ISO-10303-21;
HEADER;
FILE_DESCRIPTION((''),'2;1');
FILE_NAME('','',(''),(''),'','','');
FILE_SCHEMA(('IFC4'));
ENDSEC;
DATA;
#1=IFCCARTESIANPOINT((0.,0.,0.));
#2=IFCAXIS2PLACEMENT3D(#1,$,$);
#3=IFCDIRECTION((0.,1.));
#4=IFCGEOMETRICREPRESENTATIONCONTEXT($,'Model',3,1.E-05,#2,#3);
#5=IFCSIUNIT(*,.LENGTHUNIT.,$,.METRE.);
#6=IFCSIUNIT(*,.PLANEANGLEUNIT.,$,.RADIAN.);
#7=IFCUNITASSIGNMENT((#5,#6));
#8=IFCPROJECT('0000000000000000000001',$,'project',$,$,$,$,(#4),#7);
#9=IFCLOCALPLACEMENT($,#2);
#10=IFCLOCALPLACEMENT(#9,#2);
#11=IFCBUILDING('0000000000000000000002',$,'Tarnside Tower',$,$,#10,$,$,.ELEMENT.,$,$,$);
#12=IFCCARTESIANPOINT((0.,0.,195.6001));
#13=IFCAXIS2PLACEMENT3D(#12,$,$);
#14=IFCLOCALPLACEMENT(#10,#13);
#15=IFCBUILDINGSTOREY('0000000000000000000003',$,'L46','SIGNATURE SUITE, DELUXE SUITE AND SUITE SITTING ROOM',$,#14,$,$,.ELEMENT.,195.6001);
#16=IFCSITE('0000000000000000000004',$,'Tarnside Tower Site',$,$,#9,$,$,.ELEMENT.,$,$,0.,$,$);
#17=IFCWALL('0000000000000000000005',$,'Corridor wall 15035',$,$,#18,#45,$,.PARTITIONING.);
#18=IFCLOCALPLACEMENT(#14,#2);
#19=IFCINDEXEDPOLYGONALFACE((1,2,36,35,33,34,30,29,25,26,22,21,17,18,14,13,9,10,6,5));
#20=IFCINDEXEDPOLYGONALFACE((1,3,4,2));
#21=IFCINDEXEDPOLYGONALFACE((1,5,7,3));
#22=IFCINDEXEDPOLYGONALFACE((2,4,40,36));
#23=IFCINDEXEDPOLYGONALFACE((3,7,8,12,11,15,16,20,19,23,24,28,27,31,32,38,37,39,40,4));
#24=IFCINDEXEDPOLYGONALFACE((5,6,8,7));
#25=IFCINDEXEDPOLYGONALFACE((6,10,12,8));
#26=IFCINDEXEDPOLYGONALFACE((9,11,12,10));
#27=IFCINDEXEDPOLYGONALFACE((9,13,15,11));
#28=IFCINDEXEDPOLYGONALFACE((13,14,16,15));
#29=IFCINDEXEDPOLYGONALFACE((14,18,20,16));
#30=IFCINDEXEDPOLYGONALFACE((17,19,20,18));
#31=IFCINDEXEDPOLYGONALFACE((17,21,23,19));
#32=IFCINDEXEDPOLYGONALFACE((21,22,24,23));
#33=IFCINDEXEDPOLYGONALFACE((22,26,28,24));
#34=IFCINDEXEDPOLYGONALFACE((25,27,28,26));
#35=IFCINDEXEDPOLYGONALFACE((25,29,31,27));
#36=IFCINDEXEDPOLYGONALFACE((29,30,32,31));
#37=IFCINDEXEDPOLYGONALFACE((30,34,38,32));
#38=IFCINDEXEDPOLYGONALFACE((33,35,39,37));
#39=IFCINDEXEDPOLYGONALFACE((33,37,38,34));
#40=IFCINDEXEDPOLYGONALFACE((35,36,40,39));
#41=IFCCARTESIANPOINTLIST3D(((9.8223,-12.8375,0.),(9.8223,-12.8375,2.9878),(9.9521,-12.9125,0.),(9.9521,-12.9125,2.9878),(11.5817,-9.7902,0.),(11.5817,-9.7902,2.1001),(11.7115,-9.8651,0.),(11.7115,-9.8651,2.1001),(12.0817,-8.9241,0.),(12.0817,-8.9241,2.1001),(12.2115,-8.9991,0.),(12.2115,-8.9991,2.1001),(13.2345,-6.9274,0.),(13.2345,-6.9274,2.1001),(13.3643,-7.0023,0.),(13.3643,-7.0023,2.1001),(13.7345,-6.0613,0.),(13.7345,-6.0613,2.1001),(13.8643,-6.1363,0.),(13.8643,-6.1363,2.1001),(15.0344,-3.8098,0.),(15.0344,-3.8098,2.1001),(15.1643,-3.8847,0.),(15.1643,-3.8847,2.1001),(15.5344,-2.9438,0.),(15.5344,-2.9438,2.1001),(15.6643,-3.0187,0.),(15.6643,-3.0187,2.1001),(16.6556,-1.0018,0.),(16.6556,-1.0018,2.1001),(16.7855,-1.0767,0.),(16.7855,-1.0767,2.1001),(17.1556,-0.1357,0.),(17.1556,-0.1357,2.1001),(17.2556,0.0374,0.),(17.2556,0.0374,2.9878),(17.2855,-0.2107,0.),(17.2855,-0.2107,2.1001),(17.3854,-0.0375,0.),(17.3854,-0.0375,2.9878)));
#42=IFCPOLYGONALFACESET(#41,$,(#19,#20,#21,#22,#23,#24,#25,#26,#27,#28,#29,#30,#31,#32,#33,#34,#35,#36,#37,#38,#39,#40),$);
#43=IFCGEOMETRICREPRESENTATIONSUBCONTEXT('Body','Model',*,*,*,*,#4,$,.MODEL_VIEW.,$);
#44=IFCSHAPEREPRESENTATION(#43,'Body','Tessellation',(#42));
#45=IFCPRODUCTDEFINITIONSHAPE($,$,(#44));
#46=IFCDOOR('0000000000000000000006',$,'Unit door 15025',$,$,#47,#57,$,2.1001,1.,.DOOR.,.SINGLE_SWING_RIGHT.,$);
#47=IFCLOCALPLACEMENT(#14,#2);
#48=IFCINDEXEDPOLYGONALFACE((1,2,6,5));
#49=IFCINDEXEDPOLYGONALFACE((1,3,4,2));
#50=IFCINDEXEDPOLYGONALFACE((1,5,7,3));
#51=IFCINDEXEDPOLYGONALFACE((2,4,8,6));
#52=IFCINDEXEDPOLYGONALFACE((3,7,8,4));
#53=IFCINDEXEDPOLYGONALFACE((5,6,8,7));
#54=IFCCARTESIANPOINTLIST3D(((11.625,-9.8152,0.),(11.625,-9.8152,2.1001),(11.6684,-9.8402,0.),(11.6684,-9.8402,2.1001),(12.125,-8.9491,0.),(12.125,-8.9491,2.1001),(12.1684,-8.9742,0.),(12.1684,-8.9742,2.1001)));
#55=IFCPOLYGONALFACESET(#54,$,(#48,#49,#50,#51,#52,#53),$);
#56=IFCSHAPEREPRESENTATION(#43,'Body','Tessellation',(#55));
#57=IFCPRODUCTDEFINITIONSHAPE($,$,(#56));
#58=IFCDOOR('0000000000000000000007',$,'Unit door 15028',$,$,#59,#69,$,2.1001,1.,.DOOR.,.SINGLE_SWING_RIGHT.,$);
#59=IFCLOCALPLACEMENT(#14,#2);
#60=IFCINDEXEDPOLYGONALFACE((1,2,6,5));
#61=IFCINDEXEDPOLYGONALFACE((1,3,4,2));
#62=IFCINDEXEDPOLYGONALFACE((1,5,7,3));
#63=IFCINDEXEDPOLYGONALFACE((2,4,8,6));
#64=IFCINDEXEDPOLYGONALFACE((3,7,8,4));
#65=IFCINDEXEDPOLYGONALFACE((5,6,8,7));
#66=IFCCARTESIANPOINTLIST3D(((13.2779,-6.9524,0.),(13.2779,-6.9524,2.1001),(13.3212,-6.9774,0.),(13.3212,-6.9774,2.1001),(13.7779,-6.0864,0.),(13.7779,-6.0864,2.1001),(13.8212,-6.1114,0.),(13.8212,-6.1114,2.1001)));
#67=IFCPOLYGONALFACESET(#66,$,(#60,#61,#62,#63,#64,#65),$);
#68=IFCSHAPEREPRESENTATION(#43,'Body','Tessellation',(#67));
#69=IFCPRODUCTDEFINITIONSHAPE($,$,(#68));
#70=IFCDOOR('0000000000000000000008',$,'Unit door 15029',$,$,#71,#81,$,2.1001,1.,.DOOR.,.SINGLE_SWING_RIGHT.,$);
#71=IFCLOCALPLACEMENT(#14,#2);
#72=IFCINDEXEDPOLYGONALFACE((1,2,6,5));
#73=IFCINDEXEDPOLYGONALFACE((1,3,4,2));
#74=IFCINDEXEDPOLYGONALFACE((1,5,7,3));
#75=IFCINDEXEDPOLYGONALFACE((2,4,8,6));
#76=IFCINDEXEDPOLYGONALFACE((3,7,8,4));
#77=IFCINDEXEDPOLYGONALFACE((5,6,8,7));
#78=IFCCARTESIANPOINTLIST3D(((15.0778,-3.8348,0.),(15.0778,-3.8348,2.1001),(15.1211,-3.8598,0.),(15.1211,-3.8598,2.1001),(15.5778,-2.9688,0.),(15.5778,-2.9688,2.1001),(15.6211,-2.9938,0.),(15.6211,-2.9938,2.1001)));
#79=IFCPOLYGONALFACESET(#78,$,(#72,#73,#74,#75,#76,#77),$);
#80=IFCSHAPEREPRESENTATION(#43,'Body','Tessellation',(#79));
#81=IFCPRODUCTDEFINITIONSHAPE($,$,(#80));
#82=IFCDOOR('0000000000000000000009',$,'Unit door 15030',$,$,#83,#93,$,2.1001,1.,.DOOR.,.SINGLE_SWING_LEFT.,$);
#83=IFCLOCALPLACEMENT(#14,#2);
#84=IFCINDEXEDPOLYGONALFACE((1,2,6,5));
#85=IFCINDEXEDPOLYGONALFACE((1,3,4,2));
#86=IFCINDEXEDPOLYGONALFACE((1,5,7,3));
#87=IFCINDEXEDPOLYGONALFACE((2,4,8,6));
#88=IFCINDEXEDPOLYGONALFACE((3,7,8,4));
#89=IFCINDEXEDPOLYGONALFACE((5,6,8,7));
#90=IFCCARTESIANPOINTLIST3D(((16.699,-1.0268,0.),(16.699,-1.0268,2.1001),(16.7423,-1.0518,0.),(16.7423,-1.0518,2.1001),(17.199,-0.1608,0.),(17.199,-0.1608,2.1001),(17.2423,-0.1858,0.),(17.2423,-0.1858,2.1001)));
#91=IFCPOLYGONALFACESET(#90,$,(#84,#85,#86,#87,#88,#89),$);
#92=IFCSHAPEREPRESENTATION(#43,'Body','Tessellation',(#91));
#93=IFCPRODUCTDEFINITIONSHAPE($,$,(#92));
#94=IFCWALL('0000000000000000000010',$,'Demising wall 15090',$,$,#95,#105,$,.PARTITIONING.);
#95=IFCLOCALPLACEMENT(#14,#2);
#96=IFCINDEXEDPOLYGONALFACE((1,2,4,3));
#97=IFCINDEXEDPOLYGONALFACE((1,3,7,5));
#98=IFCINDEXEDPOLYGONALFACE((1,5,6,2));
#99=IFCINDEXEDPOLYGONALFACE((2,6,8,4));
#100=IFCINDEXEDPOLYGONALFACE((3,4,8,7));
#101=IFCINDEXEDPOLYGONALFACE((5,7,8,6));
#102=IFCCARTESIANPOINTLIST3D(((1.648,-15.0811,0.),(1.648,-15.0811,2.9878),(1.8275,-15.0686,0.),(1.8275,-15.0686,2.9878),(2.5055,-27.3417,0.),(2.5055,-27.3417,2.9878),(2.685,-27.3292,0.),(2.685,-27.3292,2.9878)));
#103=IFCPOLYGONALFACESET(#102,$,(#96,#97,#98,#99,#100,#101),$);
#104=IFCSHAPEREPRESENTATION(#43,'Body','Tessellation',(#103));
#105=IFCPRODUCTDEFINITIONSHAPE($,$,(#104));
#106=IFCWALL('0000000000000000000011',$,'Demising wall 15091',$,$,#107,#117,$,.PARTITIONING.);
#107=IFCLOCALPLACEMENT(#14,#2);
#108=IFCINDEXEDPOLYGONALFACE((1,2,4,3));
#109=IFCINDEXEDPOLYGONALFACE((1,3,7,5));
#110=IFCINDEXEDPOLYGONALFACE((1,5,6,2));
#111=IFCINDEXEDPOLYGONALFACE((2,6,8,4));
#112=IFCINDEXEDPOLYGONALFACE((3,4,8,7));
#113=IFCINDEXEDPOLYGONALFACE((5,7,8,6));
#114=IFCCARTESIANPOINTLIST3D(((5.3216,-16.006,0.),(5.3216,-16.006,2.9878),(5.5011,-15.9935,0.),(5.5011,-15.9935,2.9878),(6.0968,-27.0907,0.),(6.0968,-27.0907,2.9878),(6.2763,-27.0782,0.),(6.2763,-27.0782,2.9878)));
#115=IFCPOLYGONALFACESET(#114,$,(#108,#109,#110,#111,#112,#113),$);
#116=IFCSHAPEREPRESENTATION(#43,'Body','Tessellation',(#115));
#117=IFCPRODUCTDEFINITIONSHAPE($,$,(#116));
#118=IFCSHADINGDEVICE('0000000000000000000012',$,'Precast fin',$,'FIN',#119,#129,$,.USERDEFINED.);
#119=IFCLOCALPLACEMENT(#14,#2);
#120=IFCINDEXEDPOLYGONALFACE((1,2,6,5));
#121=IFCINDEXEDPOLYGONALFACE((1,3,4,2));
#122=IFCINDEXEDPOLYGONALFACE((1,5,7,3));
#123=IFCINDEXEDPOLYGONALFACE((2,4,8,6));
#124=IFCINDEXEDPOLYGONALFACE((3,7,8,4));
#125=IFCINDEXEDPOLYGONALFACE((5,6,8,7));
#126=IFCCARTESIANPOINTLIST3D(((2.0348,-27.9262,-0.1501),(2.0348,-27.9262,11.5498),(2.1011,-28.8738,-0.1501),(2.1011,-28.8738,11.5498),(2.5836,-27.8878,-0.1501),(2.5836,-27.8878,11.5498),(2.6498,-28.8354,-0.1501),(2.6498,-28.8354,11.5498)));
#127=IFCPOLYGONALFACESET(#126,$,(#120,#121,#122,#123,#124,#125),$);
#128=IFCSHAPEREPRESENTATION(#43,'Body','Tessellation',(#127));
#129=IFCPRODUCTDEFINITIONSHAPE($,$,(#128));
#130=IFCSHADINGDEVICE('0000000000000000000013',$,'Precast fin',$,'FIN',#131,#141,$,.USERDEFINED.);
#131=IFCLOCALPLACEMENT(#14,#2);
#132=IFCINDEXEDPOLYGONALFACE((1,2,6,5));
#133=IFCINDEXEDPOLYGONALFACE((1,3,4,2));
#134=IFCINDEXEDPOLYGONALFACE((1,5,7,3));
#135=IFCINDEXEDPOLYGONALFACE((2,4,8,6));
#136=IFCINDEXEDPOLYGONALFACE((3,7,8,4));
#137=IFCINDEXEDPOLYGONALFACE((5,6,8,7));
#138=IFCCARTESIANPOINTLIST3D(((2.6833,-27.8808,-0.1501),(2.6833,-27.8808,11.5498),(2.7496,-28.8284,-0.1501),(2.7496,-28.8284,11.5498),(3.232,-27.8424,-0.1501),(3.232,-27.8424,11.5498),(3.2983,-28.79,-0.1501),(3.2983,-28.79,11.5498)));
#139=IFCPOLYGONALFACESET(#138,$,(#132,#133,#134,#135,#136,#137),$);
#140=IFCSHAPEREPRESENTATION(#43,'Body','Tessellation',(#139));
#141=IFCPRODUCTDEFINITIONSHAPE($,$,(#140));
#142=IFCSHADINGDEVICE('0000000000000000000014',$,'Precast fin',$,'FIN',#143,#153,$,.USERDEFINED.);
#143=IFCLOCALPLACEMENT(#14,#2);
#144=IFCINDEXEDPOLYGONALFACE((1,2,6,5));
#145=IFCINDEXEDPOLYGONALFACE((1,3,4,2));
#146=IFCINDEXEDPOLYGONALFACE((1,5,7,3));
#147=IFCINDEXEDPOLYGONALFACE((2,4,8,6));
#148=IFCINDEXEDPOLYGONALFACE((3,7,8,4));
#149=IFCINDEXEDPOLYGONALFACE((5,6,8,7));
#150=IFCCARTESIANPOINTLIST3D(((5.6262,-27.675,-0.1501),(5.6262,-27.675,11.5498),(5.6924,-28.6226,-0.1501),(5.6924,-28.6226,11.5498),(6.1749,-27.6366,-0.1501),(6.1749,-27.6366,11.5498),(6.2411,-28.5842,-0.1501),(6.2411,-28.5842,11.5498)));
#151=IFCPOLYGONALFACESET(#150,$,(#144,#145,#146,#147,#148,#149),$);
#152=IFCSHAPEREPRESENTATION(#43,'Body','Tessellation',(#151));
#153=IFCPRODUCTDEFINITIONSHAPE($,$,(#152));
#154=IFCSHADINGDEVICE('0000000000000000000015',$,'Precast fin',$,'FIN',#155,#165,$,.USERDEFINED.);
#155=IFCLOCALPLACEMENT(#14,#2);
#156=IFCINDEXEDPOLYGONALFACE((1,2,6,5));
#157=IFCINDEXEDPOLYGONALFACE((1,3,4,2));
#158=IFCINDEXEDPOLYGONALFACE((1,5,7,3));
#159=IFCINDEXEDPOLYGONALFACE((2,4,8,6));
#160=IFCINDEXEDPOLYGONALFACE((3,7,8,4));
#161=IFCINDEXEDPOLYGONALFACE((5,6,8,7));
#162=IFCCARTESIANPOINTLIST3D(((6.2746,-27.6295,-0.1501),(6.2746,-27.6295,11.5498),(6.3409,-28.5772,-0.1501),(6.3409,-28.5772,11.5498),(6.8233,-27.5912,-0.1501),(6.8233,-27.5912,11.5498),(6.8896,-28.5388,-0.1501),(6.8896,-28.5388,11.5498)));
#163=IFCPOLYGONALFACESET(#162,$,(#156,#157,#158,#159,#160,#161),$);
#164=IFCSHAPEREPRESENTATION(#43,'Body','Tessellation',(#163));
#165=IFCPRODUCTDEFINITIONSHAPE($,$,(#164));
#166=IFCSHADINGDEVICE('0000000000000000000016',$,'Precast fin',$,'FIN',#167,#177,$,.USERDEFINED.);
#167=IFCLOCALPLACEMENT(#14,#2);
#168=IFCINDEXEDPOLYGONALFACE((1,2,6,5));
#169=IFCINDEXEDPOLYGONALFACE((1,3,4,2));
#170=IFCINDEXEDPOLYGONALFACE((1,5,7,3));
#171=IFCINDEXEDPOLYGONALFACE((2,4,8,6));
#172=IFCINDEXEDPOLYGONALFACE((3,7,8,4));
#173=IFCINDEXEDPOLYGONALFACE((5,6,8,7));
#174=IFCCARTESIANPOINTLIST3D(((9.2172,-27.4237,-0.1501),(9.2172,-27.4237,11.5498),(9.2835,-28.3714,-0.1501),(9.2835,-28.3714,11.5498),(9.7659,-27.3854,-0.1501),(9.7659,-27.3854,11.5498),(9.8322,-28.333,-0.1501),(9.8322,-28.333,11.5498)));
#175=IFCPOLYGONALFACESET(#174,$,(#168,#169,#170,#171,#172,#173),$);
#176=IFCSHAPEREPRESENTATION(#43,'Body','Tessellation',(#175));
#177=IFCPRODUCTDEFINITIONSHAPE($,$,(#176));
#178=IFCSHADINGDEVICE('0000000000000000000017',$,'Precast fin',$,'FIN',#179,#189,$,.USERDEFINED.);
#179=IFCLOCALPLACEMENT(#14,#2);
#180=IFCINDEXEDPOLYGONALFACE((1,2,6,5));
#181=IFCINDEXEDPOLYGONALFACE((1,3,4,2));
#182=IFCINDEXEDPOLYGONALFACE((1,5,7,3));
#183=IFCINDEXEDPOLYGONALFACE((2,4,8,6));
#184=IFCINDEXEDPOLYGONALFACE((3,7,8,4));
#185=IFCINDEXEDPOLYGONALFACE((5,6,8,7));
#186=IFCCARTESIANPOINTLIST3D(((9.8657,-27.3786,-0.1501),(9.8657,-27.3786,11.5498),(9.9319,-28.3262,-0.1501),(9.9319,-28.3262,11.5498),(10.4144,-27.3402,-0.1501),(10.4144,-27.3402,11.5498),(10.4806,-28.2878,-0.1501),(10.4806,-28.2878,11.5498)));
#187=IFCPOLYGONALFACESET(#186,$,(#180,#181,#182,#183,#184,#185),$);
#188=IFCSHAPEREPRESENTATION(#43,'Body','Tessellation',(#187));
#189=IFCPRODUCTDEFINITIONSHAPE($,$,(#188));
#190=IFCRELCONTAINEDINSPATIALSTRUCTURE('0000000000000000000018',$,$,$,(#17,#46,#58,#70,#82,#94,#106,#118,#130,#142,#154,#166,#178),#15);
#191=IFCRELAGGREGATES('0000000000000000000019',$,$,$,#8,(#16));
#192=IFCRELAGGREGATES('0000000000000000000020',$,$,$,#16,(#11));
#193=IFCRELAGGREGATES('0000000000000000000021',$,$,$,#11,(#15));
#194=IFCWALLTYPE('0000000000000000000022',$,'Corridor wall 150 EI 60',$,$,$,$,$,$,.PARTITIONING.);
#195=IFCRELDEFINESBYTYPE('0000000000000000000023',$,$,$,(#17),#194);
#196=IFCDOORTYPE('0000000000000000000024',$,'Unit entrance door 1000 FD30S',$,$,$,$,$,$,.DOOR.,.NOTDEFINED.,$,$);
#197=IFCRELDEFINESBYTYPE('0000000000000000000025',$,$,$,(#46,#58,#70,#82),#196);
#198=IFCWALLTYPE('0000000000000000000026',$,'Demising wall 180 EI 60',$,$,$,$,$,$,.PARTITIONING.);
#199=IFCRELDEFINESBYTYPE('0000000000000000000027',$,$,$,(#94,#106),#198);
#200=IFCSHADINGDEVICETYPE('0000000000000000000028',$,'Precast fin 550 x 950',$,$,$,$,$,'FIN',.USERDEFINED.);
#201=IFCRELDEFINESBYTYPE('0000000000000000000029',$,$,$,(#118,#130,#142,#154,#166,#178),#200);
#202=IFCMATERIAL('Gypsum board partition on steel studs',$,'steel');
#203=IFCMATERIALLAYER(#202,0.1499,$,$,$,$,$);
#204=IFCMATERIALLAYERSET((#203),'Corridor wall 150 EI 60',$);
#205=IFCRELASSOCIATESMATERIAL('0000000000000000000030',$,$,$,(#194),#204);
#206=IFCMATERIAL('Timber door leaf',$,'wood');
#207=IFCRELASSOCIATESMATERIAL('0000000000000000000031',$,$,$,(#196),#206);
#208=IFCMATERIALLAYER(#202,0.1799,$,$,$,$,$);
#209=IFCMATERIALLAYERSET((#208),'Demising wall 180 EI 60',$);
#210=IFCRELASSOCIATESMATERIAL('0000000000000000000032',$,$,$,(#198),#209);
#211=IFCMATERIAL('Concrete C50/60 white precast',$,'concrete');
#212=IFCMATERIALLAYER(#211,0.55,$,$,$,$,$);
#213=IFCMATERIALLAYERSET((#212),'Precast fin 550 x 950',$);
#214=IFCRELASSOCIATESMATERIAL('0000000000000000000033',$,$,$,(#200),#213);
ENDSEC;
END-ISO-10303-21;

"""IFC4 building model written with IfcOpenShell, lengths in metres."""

from ifc_helpers import new_model, si_unit, direction, frame, frame_2d, origin, place, context, subcontext, project, spatial, polyline, rectangle, outline, extrude, material, layer, layer_set, type_object, element, fill, save


model = new_model("IFC4")

# Units and contexts
model_context = context("Model", 3, precision=1e-05, world=origin(), true_north=direction((0.0, 1.0)))
body_context = subcontext(model_context, "Body", "Model", "MODEL_VIEW")
ifc_project = project(units=[si_unit("LENGTHUNIT", "METRE"), si_unit("PLANEANGLEUNIT", "RADIAN")], contexts=[model_context])

# Site, building, storey
site_placement = place(None, origin())
site = spatial("IfcSite", under=ifc_project, at=site_placement, Name="Tarnside Tower Site", CompositionType="ELEMENT", RefElevation=0.0)
building_placement = place(site_placement, origin())
building = spatial("IfcBuilding", under=site, at=building_placement, Name="Tarnside Tower", CompositionType="ELEMENT")
storey_placement = place(building_placement, frame((0.0, 0.0, 195.6001)))
storey = spatial("IfcBuildingStorey", under=building, at=storey_placement, Name="L46", Description="SIGNATURE SUITE, DELUXE SUITE AND SUITE SITTING ROOM", CompositionType="ELEMENT", Elevation=195.6001)

# Shared definitions
ifc_material_1 = material(Name="Gypsum board partition on steel studs", Category="steel")
ifc_material_2 = material(Name="Timber door leaf", Category="wood")

# Shared definitions
ifc_layer_1 = layer(ifc_material_1, 0.1499)
ifc_layer_set_1 = layer_set([ifc_layer_1], Name="Corridor wall 150 EI 60")
wall_type_1 = type_object("IfcWallType", Name="Corridor wall 150 EI 60", PredefinedType="PARTITIONING", material=ifc_layer_set_1)

# Shared definitions
door_type_1 = type_object("IfcDoorType", Name="Unit entrance door 1000 FD30S", OperationType="NOTDEFINED", PredefinedType="DOOR", material=ifc_material_2)

# Wall, openings, doors
wall_1_placement = place(storey_placement, frame((9.8872, -12.875, 0.0), z_axis=(0.0, 0.0, 1.0), x_axis=(0.499998, 0.866026, 0.0)))
wall_1 = element("IfcWall", 1, at=wall_1_placement, inside=storey, type_object=wall_type_1, Name="Corridor wall 15035", PredefinedType="PARTITIONING", context=body_context, shape_type="SweptSolid", body=[
    extrude(rectangle(XDim=14.8667, YDim=0.1499, at=frame_2d((7.4333, 0.0))), origin(), (0.0, 0.0, 1.0), 2.9878),
])
opening_1_placement = place(wall_1_placement, frame((3.5188, 0.0, 0.0)))
opening_1 = element("IfcOpeningElement", 2, at=opening_1_placement, cuts=wall_1, PredefinedType="OPENING", context=body_context, shape_type="SweptSolid", body=[
    extrude(rectangle(XDim=1.0, YDim=2.1001, at=frame_2d((0.5, 1.05))), frame((0.0, 0.085, 0.0), z_axis=(0.0, -1.0, 0.0), x_axis=(1.0, 0.0, 0.0)), (0.0, 0.0, 1.0), 0.1699),
])
opening_2_placement = place(wall_1_placement, frame((6.8245, 0.0, 0.0)))
opening_2 = element("IfcOpeningElement", 3, at=opening_2_placement, cuts=wall_1, PredefinedType="OPENING", context=body_context, shape_type="SweptSolid", body=[
    extrude(rectangle(XDim=1.0, YDim=2.1001, at=frame_2d((0.5, 1.05))), frame((0.0, 0.085, 0.0), z_axis=(0.0, -1.0, 0.0), x_axis=(1.0, 0.0, 0.0)), (0.0, 0.0, 1.0), 0.1699),
])
opening_3_placement = place(wall_1_placement, frame((10.4243, 0.0, 0.0)))
opening_3 = element("IfcOpeningElement", 4, at=opening_3_placement, cuts=wall_1, PredefinedType="OPENING", context=body_context, shape_type="SweptSolid", body=[
    extrude(rectangle(XDim=1.0, YDim=2.1001, at=frame_2d((0.5, 1.05))), frame((0.0, 0.085, 0.0), z_axis=(0.0, -1.0, 0.0), x_axis=(1.0, 0.0, 0.0)), (0.0, 0.0, 1.0), 0.1699),
])
opening_4_placement = place(wall_1_placement, frame((13.6667, 0.0, 0.0)))
opening_4 = element("IfcOpeningElement", 5, at=opening_4_placement, cuts=wall_1, PredefinedType="OPENING", context=body_context, shape_type="SweptSolid", body=[
    extrude(rectangle(XDim=1.0, YDim=2.1001, at=frame_2d((0.5, 1.05))), frame((0.0, 0.085, 0.0), z_axis=(0.0, -1.0, 0.0), x_axis=(1.0, 0.0, 0.0)), (0.0, 0.0, 1.0), 0.1699),
])
door_1_placement = place(opening_1_placement, origin())
door_1 = element("IfcDoor", 6, at=door_1_placement, inside=storey, type_object=door_type_1, Name="Unit door 15025", OperationType="SINGLE_SWING_RIGHT", OverallHeight=2.1001, OverallWidth=1.0, PredefinedType="DOOR", context=body_context, shape_type="SweptSolid", body=[
    extrude(rectangle(XDim=1.0, YDim=2.1001, at=frame_2d((0.5, 1.05))), frame((0.0, 0.0249, 0.0), z_axis=(0.0, -1.0, 0.0), x_axis=(1.0, 0.0, 0.0)), (0.0, 0.0, 1.0), 0.05),
])
fill(opening_1, door_1)
door_2_placement = place(opening_2_placement, origin())
door_2 = element("IfcDoor", 7, at=door_2_placement, inside=storey, type_object=door_type_1, Name="Unit door 15028", OperationType="SINGLE_SWING_RIGHT", OverallHeight=2.1001, OverallWidth=1.0, PredefinedType="DOOR", context=body_context, shape_type="SweptSolid", body=[
    extrude(rectangle(XDim=1.0, YDim=2.1001, at=frame_2d((0.5, 1.05))), frame((0.0, 0.0249, 0.0), z_axis=(0.0, -1.0, 0.0), x_axis=(1.0, 0.0, 0.0)), (0.0, 0.0, 1.0), 0.05),
])
fill(opening_2, door_2)
door_3_placement = place(opening_3_placement, origin())
door_3 = element("IfcDoor", 8, at=door_3_placement, inside=storey, type_object=door_type_1, Name="Unit door 15029", OperationType="SINGLE_SWING_RIGHT", OverallHeight=2.1001, OverallWidth=1.0, PredefinedType="DOOR", context=body_context, shape_type="SweptSolid", body=[
    extrude(rectangle(XDim=1.0, YDim=2.1001, at=frame_2d((0.5, 1.05))), frame((0.0, 0.0249, 0.0), z_axis=(0.0, -1.0, 0.0), x_axis=(1.0, 0.0, 0.0)), (0.0, 0.0, 1.0), 0.05),
])
fill(opening_3, door_3)
door_4_placement = place(opening_4_placement, origin())
door_4 = element("IfcDoor", 9, at=door_4_placement, inside=storey, type_object=door_type_1, Name="Unit door 15030", OperationType="SINGLE_SWING_LEFT", OverallHeight=2.1001, OverallWidth=1.0, PredefinedType="DOOR", context=body_context, shape_type="SweptSolid", body=[
    extrude(rectangle(XDim=1.0, YDim=2.1001, at=frame_2d((0.5, 1.05))), frame((0.0, 0.0249, 0.0), z_axis=(0.0, -1.0, 0.0), x_axis=(1.0, 0.0, 0.0)), (0.0, 0.0, 1.0), 0.05),
])
fill(opening_4, door_4)

# Walls
ifc_layer_2 = layer(ifc_material_1, 0.1799)
ifc_layer_set_2 = layer_set([ifc_layer_2], Name="Demising wall 180 EI 60")
wall_type_2 = type_object("IfcWallType", Name="Demising wall 180 EI 60", PredefinedType="PARTITIONING", material=ifc_layer_set_2)
wall_2_placement = place(storey_placement, frame((2.5952, -27.3354, 0.0), z_axis=(0.0, 0.0, 1.0), x_axis=(-0.069763, 0.997564, 0.0)))
element("IfcWall", 10, at=wall_2_placement, inside=storey, type_object=wall_type_2, Name="Demising wall 15090", PredefinedType="PARTITIONING", context=body_context, shape_type="SweptSolid", body=[
    extrude(rectangle(XDim=12.2905, YDim=0.1799, at=frame_2d((6.1453, 0.0))), origin(), (0.0, 0.0, 1.0), 2.9878),
])
wall_3_placement = place(storey_placement, frame((6.1865, -27.0845, 0.0), z_axis=(0.0, 0.0, 1.0), x_axis=(-0.069759, 0.997564, 0.0)))
element("IfcWall", 11, at=wall_3_placement, inside=storey, type_object=wall_type_2, Name="Demising wall 15091", PredefinedType="PARTITIONING", context=body_context, shape_type="SweptSolid", body=[
    extrude(rectangle(XDim=11.1118, YDim=0.1799, at=frame_2d((5.5559, 0.0))), origin(), (0.0, 0.0, 1.0), 2.9878),
])

# Shading devices
ifc_material_3 = material(Name="Concrete C50/60 white precast", Category="concrete")
ifc_layer_3 = layer(ifc_material_3, 0.55)
ifc_layer_set_3 = layer_set([ifc_layer_3], Name="Precast fin 550 x 950")
shading_device_type = type_object("IfcShadingDeviceType", Name="Precast fin 550 x 950", ElementType="FIN", PredefinedType="USERDEFINED", material=ifc_layer_set_3)
for number, where, z_axis, x_axis, name in (
    (12, (2.3093, -27.907, -0.1501), (-0.997564, -0.069756, 0.0), (0.069756, -0.997564, 0.0), "Precast fin"),
    (13, (2.9578, -27.8616, -0.1501), (-0.997564, -0.069756, 0.0), (0.069756, -0.997564, 0.0), "Precast fin"),
    (14, (5.9006, -27.6558, -0.1501), (-0.997564, -0.069756, 0.0), (0.069756, -0.997564, 0.0), "Precast fin"),
    (15, (6.5491, -27.6104, -0.1501), (-0.997564, -0.069756, 0.0), (0.069756, -0.997564, 0.0), "Precast fin"),
    (16, (9.4917, -27.4045, -0.1501), (-0.997564, -0.069756, 0.0), (0.069756, -0.997564, 0.0), "Precast fin"),
    (17, (10.1401, -27.3594, -0.1501), (-0.997564, -0.069756, 0.0), (0.069756, -0.997564, 0.0), "Precast fin"),
):
    element("IfcShadingDevice", number, at=place(storey_placement, frame(where, z_axis=z_axis, x_axis=x_axis)), inside=storey, type_object=shading_device_type, Name=name, ObjectType="FIN", PredefinedType="USERDEFINED", context=body_context, shape_type="SweptSolid", body=[
        extrude(outline(polyline([(0.0, 0.0), (0.95, 0.0), (0.95, 11.7), (0.0, 11.7), (0.0, 0.0)])), frame((0.0, 0.0, -0.2749)), (0.0, 0.0, 1.0), 0.55),
    ])

save(model, "model.ifc")
